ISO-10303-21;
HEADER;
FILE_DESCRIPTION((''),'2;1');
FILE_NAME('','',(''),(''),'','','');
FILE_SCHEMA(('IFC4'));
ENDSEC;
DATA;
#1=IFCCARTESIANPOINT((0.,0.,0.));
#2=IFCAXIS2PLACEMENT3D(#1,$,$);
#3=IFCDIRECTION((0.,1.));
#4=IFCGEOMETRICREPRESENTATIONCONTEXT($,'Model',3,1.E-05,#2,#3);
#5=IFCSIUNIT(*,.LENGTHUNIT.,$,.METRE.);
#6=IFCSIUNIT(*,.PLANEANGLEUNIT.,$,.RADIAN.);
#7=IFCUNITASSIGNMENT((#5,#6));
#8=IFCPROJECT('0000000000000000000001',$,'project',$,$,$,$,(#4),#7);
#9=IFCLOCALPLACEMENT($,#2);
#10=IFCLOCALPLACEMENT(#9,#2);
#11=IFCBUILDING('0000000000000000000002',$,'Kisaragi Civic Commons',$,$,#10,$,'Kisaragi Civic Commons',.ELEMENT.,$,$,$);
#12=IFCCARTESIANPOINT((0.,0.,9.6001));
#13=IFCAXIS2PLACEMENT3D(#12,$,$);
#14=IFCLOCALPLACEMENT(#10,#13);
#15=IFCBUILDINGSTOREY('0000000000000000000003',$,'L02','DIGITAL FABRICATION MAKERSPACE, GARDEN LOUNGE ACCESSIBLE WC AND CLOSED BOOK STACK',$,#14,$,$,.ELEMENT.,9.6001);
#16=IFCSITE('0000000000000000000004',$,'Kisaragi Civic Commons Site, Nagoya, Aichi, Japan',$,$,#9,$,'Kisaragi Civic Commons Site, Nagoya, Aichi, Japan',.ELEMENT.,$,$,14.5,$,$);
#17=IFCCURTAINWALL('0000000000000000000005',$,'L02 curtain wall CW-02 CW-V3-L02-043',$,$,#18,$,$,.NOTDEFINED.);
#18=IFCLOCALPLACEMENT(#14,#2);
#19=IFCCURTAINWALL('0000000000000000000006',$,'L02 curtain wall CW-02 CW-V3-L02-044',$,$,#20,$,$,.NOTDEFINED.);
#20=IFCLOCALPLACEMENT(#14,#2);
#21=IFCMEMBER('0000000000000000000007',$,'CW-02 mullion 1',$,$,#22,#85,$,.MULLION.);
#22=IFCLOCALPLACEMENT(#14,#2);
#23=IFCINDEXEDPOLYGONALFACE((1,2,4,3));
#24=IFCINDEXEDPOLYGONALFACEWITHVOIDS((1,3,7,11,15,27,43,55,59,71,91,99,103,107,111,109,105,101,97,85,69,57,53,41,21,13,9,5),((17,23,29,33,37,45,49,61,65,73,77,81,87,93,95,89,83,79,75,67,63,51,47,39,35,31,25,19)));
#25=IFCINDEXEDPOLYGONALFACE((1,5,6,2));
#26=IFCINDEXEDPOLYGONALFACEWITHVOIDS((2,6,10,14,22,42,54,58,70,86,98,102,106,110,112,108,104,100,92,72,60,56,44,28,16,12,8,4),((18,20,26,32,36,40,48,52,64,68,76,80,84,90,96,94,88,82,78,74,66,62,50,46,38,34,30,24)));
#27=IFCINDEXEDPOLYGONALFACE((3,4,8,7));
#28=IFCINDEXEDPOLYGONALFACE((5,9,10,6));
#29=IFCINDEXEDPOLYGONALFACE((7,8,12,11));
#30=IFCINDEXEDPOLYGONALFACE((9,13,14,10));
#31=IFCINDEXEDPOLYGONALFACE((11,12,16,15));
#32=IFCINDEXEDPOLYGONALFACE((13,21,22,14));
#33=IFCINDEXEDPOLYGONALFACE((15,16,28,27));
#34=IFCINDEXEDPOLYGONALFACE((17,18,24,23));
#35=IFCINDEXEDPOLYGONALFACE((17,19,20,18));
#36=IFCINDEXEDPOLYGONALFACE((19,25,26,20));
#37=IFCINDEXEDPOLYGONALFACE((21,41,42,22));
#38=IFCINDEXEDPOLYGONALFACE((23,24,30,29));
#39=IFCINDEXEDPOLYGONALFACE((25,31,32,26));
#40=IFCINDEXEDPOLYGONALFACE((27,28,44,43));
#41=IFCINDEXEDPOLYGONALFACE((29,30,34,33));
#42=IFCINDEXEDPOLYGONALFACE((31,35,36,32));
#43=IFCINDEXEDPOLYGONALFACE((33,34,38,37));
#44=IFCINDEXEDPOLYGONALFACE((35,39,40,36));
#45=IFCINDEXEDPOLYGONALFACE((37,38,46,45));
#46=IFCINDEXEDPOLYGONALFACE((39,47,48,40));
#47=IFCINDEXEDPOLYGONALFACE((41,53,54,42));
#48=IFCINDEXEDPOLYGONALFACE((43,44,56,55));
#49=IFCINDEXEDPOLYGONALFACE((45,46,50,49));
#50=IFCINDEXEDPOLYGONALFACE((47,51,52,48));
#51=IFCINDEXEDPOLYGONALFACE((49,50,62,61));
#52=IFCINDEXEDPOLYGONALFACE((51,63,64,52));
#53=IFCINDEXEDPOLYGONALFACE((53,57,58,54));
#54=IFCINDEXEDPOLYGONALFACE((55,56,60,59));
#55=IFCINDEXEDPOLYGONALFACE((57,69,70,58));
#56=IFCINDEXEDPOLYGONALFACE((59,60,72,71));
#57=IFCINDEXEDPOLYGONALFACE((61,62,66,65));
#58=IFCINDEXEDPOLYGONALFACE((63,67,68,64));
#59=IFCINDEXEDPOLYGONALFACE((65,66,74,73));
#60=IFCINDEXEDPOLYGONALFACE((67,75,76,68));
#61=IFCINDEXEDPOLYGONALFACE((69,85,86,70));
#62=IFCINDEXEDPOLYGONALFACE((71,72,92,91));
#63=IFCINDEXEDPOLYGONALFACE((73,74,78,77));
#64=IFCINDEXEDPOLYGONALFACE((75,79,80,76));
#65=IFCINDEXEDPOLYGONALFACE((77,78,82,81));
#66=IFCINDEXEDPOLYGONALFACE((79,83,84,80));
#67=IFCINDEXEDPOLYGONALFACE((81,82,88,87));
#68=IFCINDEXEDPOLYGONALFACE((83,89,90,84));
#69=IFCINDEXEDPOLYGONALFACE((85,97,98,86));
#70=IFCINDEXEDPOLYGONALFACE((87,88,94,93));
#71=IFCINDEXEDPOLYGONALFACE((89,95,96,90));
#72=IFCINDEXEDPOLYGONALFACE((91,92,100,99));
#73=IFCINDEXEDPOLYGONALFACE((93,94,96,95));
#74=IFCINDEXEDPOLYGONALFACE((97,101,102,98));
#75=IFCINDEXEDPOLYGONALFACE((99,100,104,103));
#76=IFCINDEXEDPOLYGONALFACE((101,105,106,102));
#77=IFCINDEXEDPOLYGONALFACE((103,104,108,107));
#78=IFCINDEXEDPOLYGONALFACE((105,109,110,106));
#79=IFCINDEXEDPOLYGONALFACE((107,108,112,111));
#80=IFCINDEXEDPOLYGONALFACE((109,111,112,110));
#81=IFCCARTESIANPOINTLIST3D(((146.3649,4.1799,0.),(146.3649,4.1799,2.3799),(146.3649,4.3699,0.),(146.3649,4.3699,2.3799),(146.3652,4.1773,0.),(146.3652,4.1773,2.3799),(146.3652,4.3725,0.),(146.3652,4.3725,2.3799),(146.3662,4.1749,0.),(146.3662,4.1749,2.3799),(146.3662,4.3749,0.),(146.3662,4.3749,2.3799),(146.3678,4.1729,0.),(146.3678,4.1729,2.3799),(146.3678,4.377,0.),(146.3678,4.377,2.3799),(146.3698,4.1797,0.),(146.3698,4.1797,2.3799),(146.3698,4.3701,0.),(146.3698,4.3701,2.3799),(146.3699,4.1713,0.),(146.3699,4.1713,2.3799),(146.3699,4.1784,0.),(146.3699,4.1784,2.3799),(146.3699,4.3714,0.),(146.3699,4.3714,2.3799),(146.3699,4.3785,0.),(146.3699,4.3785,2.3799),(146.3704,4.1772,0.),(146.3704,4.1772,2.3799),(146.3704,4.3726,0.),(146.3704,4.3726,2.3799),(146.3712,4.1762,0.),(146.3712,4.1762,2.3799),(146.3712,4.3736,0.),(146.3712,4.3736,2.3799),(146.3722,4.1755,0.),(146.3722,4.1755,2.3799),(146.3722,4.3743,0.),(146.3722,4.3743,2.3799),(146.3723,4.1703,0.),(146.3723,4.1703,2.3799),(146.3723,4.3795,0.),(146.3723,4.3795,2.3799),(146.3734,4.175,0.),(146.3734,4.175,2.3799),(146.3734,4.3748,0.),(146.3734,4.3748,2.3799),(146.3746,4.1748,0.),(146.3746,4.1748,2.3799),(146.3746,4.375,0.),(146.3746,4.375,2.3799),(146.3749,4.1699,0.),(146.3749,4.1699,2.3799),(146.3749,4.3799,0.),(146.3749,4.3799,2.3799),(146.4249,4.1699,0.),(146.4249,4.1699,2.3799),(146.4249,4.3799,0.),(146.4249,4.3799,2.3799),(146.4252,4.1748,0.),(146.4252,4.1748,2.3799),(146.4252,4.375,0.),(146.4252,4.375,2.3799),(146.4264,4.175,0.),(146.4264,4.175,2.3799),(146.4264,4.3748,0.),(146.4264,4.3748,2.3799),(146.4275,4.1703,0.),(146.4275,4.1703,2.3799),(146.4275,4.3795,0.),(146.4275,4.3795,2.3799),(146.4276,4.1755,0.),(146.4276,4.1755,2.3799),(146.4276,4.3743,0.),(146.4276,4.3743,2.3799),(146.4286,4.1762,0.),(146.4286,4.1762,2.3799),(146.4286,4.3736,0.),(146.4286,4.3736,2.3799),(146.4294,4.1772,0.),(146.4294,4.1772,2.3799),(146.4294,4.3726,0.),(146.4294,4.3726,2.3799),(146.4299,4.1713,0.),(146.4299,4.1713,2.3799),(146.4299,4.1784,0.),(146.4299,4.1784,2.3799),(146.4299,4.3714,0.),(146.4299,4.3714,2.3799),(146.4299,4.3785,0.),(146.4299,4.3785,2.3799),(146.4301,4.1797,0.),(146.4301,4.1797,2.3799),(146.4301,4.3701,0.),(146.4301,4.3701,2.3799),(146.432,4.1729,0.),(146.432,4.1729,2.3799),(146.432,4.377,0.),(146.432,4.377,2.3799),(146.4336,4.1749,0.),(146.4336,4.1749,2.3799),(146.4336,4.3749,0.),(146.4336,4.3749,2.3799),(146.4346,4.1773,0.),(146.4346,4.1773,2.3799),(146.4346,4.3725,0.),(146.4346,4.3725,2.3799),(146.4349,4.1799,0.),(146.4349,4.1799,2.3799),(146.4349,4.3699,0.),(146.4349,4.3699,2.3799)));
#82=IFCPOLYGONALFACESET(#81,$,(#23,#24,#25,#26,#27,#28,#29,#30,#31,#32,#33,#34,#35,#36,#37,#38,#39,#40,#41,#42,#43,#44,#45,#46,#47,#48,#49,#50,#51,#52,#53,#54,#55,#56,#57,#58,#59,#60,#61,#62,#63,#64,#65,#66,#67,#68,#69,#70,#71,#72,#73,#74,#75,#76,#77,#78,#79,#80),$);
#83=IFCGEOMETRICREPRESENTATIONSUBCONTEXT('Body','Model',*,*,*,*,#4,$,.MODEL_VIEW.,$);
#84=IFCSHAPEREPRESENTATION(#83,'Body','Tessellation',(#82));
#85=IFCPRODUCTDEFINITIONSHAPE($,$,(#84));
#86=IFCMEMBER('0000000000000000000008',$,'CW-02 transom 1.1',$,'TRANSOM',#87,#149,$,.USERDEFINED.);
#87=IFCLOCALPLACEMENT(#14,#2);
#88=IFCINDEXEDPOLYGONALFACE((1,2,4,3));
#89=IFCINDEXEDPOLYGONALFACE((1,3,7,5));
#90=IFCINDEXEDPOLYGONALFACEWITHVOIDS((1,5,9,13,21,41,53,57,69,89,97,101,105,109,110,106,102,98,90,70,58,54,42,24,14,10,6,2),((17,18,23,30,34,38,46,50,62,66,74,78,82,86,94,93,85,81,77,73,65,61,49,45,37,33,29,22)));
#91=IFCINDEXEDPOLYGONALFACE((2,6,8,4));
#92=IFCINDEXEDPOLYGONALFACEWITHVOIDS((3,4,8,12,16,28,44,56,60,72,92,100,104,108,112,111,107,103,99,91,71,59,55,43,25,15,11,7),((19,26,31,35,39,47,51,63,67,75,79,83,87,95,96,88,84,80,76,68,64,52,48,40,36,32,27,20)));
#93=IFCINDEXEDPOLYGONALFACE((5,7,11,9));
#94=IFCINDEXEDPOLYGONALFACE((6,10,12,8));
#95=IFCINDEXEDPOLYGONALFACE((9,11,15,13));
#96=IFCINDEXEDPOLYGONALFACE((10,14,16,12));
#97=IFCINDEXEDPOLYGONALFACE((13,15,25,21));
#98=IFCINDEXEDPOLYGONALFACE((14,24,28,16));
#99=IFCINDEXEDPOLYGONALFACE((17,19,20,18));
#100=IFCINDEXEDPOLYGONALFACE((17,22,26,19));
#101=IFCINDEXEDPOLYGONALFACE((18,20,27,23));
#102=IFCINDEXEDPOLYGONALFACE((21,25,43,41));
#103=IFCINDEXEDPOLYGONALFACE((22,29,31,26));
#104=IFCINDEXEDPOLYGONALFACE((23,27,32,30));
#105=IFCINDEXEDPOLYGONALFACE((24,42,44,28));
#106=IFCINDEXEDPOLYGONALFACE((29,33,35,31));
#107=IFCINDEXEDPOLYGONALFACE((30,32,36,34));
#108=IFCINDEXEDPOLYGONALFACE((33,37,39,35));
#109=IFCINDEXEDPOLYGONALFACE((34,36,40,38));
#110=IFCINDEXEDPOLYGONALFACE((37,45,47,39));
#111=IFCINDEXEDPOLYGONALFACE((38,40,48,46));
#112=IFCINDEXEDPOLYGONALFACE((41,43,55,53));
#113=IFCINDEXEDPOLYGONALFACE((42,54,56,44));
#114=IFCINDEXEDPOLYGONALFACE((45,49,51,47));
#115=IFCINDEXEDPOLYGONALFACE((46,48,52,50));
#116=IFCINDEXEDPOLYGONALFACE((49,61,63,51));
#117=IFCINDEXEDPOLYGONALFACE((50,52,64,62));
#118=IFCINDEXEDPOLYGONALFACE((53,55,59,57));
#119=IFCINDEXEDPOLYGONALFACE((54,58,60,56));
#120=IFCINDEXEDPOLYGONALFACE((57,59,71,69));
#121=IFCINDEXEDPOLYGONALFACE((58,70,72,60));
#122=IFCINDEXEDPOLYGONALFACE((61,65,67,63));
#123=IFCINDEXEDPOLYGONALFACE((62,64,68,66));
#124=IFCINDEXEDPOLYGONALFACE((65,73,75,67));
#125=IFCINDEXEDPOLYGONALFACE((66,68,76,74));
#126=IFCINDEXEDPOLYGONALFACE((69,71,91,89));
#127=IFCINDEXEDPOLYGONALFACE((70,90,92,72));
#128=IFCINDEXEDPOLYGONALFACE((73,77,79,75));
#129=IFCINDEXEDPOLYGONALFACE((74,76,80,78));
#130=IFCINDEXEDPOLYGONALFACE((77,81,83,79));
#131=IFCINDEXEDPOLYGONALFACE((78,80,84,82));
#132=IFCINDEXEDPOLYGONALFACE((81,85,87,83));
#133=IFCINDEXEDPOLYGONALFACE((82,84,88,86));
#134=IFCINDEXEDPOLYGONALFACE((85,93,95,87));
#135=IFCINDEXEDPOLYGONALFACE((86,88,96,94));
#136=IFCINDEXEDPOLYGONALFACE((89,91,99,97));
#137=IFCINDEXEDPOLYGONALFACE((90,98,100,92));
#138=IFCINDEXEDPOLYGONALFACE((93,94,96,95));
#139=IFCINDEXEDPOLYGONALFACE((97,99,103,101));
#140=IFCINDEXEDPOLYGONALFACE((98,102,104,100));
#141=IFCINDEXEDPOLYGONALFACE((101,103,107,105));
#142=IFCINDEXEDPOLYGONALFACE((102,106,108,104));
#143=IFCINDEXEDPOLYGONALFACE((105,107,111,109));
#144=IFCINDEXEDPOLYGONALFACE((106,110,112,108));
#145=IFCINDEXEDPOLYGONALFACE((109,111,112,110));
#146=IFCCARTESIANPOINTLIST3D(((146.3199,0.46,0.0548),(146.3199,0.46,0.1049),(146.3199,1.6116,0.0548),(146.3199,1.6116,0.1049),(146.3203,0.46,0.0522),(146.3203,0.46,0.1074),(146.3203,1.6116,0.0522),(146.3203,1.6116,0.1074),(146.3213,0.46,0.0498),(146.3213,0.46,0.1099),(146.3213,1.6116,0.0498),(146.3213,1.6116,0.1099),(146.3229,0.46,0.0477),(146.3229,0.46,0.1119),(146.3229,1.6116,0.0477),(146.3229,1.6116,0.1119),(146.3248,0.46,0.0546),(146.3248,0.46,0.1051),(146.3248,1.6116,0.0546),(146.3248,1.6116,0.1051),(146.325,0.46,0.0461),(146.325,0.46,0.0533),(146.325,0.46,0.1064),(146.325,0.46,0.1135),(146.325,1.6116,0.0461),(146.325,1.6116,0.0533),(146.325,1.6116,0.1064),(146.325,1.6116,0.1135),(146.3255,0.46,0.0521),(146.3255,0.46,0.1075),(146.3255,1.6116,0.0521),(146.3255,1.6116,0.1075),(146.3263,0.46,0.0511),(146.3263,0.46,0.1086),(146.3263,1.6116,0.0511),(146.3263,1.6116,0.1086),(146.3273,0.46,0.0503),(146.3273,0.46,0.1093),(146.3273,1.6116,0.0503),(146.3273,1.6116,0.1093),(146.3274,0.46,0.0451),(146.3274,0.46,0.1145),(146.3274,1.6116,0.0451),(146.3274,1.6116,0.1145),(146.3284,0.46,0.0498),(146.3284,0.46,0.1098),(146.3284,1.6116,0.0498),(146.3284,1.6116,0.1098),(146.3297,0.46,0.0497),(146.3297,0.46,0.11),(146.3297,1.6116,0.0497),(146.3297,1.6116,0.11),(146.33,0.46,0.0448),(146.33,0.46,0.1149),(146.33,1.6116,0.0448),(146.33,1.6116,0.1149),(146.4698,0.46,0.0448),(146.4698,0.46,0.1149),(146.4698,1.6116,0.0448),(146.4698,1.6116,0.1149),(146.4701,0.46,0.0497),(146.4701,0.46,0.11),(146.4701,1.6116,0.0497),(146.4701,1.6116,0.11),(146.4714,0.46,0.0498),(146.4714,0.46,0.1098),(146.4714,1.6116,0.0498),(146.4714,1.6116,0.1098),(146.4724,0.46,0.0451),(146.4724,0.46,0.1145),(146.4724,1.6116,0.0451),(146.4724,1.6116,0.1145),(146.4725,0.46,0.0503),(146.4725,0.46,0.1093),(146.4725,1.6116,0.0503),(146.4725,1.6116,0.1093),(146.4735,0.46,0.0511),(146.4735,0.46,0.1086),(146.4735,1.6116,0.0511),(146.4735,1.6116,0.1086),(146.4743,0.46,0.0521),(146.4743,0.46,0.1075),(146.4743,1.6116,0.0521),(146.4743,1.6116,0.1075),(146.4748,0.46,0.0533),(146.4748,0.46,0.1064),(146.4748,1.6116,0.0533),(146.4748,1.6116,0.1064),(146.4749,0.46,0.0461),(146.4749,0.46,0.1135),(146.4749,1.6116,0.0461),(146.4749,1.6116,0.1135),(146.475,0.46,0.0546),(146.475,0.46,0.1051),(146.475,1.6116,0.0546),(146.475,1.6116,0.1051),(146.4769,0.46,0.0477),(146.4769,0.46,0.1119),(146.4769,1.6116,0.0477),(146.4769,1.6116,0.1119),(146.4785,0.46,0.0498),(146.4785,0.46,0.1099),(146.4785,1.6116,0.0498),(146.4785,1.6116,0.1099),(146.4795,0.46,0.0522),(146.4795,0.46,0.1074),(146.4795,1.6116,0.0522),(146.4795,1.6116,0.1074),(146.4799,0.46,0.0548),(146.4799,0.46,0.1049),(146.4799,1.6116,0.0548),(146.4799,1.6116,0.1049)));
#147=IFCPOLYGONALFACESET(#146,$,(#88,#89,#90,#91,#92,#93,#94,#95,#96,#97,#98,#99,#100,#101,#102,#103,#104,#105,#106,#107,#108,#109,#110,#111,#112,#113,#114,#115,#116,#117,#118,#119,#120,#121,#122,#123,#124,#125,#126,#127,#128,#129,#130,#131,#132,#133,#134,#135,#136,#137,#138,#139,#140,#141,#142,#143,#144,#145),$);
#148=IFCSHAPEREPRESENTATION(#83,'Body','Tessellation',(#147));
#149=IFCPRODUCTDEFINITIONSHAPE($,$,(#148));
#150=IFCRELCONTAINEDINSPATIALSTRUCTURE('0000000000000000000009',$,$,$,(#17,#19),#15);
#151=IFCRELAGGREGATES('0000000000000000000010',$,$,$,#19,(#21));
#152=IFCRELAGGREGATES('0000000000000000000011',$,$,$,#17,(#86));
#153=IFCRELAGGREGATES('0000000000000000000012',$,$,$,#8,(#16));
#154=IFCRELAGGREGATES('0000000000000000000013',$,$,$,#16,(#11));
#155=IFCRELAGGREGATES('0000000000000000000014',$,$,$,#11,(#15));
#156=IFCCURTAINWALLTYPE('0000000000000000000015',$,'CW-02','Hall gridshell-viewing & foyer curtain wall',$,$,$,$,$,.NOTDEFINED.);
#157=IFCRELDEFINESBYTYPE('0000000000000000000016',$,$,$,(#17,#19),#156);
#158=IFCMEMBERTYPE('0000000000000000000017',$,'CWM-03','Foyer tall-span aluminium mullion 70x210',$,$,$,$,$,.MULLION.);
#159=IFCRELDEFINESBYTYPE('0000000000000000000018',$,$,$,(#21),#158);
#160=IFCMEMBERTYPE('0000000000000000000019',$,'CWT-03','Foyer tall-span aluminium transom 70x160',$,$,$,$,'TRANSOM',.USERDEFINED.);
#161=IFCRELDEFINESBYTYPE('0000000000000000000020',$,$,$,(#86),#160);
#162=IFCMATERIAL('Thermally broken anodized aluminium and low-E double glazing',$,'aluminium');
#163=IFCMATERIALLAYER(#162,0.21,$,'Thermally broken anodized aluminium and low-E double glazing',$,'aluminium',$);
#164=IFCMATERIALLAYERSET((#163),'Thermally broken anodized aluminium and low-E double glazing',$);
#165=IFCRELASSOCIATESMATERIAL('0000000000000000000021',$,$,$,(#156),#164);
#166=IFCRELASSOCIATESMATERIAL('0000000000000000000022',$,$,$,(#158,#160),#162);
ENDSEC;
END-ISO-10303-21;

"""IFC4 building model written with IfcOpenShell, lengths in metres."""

from ifc_helpers import new_model, si_unit, direction, frame, origin, origin_2d, place, context, subcontext, project, spatial, hollow_rectangle, extrude, material, layer, layer_set, material_profile, profile_set, type_object, element, aggregate, save


model = new_model("IFC4")

# Units and contexts
model_context = context("Model", 3, precision=1e-05, world=origin(), true_north=direction((0.0, 1.0)))
body_context = subcontext(model_context, "Body", "Model", "MODEL_VIEW")
ifc_project = project(units=[si_unit("LENGTHUNIT", "METRE"), si_unit("PLANEANGLEUNIT", "RADIAN")], contexts=[model_context])

# Site, building, storey
site_placement = place(None, origin())
site = spatial("IfcSite", under=ifc_project, at=site_placement, Name="Kisaragi Civic Commons Site, Nagoya, Aichi, Japan", LongName="Kisaragi Civic Commons Site, Nagoya, Aichi, Japan", CompositionType="ELEMENT", RefElevation=14.5)
building_placement = place(site_placement, origin())
building = spatial("IfcBuilding", under=site, at=building_placement, Name="Kisaragi Civic Commons", LongName="Kisaragi Civic Commons", CompositionType="ELEMENT")
storey_placement = place(building_placement, frame((0.0, 0.0, 9.6001)))
storey = spatial("IfcBuildingStorey", under=building, at=storey_placement, Name="L02", Description="DIGITAL FABRICATION MAKERSPACE, GARDEN LOUNGE ACCESSIBLE WC AND CLOSED BOOK STACK", CompositionType="ELEMENT", Elevation=9.6001)

# Curtain wall
ifc_material_1 = material(Name="Thermally broken anodized aluminium and low-E double glazing", Category="aluminium")
ifc_layer_1 = layer(ifc_material_1, 0.21, Name="Thermally broken anodized aluminium and low-E double glazing", Category="aluminium")
ifc_layer_set_1 = layer_set([ifc_layer_1], Name="Thermally broken anodized aluminium and low-E double glazing")
curtain_wall_type = type_object("IfcCurtainWallType", Name="CW-02", Description="Hall gridshell-viewing & foyer curtain wall", PredefinedType="NOTDEFINED", material=ifc_layer_set_1)
curtain_wall_1_placement = place(storey_placement, origin())
curtain_wall_1 = element("IfcCurtainWall", 1, at=curtain_wall_1_placement, inside=storey, type_object=curtain_wall_type, Name="L02 curtain wall CW-02 CW-V3-L02-043", PredefinedType="NOTDEFINED")
ifc_material_profile_1 = material_profile(ifc_material_1, hollow_rectangle(XDim=0.0701, YDim=0.21, WallThickness=0.0049, InnerFilletRadius=0.0049, OuterFilletRadius=0.01, at=origin_2d()), Name="CWM-70x210x5", Category="aluminium")
ifc_profile_set_1 = profile_set([ifc_material_profile_1], Name="Thermally broken anodized aluminium and low-E double glazing")
member_type_1 = type_object("IfcMemberType", Name="CWM-03", Description="Foyer tall-span aluminium mullion 70x210", PredefinedType="MULLION", material=ifc_profile_set_1)

# Curtain wall, member
curtain_wall_2_placement = place(storey_placement, origin())
curtain_wall_2 = element("IfcCurtainWall", 2, at=curtain_wall_2_placement, inside=storey, type_object=curtain_wall_type, Name="L02 curtain wall CW-02 CW-V3-L02-044", PredefinedType="NOTDEFINED")
member_1_placement = place(storey_placement, frame((146.3999, 4.2749, 0.0), z_axis=(0.0, 0.0, 1.0), x_axis=(-1.0, 0.0, 0.0)))
member_1 = element("IfcMember", 3, at=member_1_placement, type_object=member_type_1, Name="CW-02 mullion 1", PredefinedType="MULLION", context=body_context, shape_type="SweptSolid", body=[
    extrude(hollow_rectangle(XDim=0.0701, YDim=0.21, WallThickness=0.0049, InnerFilletRadius=0.0049, OuterFilletRadius=0.01, at=origin_2d()), origin(), (0.0, 0.0, 1.0), 2.3799),
])

# Member
ifc_material_profile_2 = material_profile(ifc_material_1, hollow_rectangle(XDim=0.1599, YDim=0.0701, WallThickness=0.0049, InnerFilletRadius=0.0049, OuterFilletRadius=0.01, at=origin_2d()), Name="CWT-70x160x5", Category="aluminium")
ifc_profile_set_2 = profile_set([ifc_material_profile_2], Name="Thermally broken anodized aluminium and low-E double glazing")
member_type_2 = type_object("IfcMemberType", Name="CWT-03", Description="Foyer tall-span aluminium transom 70x160", ElementType="TRANSOM", PredefinedType="USERDEFINED", material=ifc_profile_set_2)
member_2_placement = place(storey_placement, frame((146.3999, 0.46, 0.0798), z_axis=(0.0, 1.0, 0.0), x_axis=(-1.0, 0.0, 0.0)))
member_2 = element("IfcMember", 4, at=member_2_placement, type_object=member_type_2, Name="CW-02 transom 1.1", ObjectType="TRANSOM", PredefinedType="USERDEFINED", context=body_context, shape_type="SweptSolid", body=[
    extrude(hollow_rectangle(XDim=0.1599, YDim=0.0701, WallThickness=0.0049, InnerFilletRadius=0.0049, OuterFilletRadius=0.01, at=origin_2d()), origin(), (0.0, 0.0, 1.0), 1.1516),
])
aggregate(curtain_wall_2, [member_1])

aggregate(curtain_wall_1, [member_2])

save(model, "model.ifc")
